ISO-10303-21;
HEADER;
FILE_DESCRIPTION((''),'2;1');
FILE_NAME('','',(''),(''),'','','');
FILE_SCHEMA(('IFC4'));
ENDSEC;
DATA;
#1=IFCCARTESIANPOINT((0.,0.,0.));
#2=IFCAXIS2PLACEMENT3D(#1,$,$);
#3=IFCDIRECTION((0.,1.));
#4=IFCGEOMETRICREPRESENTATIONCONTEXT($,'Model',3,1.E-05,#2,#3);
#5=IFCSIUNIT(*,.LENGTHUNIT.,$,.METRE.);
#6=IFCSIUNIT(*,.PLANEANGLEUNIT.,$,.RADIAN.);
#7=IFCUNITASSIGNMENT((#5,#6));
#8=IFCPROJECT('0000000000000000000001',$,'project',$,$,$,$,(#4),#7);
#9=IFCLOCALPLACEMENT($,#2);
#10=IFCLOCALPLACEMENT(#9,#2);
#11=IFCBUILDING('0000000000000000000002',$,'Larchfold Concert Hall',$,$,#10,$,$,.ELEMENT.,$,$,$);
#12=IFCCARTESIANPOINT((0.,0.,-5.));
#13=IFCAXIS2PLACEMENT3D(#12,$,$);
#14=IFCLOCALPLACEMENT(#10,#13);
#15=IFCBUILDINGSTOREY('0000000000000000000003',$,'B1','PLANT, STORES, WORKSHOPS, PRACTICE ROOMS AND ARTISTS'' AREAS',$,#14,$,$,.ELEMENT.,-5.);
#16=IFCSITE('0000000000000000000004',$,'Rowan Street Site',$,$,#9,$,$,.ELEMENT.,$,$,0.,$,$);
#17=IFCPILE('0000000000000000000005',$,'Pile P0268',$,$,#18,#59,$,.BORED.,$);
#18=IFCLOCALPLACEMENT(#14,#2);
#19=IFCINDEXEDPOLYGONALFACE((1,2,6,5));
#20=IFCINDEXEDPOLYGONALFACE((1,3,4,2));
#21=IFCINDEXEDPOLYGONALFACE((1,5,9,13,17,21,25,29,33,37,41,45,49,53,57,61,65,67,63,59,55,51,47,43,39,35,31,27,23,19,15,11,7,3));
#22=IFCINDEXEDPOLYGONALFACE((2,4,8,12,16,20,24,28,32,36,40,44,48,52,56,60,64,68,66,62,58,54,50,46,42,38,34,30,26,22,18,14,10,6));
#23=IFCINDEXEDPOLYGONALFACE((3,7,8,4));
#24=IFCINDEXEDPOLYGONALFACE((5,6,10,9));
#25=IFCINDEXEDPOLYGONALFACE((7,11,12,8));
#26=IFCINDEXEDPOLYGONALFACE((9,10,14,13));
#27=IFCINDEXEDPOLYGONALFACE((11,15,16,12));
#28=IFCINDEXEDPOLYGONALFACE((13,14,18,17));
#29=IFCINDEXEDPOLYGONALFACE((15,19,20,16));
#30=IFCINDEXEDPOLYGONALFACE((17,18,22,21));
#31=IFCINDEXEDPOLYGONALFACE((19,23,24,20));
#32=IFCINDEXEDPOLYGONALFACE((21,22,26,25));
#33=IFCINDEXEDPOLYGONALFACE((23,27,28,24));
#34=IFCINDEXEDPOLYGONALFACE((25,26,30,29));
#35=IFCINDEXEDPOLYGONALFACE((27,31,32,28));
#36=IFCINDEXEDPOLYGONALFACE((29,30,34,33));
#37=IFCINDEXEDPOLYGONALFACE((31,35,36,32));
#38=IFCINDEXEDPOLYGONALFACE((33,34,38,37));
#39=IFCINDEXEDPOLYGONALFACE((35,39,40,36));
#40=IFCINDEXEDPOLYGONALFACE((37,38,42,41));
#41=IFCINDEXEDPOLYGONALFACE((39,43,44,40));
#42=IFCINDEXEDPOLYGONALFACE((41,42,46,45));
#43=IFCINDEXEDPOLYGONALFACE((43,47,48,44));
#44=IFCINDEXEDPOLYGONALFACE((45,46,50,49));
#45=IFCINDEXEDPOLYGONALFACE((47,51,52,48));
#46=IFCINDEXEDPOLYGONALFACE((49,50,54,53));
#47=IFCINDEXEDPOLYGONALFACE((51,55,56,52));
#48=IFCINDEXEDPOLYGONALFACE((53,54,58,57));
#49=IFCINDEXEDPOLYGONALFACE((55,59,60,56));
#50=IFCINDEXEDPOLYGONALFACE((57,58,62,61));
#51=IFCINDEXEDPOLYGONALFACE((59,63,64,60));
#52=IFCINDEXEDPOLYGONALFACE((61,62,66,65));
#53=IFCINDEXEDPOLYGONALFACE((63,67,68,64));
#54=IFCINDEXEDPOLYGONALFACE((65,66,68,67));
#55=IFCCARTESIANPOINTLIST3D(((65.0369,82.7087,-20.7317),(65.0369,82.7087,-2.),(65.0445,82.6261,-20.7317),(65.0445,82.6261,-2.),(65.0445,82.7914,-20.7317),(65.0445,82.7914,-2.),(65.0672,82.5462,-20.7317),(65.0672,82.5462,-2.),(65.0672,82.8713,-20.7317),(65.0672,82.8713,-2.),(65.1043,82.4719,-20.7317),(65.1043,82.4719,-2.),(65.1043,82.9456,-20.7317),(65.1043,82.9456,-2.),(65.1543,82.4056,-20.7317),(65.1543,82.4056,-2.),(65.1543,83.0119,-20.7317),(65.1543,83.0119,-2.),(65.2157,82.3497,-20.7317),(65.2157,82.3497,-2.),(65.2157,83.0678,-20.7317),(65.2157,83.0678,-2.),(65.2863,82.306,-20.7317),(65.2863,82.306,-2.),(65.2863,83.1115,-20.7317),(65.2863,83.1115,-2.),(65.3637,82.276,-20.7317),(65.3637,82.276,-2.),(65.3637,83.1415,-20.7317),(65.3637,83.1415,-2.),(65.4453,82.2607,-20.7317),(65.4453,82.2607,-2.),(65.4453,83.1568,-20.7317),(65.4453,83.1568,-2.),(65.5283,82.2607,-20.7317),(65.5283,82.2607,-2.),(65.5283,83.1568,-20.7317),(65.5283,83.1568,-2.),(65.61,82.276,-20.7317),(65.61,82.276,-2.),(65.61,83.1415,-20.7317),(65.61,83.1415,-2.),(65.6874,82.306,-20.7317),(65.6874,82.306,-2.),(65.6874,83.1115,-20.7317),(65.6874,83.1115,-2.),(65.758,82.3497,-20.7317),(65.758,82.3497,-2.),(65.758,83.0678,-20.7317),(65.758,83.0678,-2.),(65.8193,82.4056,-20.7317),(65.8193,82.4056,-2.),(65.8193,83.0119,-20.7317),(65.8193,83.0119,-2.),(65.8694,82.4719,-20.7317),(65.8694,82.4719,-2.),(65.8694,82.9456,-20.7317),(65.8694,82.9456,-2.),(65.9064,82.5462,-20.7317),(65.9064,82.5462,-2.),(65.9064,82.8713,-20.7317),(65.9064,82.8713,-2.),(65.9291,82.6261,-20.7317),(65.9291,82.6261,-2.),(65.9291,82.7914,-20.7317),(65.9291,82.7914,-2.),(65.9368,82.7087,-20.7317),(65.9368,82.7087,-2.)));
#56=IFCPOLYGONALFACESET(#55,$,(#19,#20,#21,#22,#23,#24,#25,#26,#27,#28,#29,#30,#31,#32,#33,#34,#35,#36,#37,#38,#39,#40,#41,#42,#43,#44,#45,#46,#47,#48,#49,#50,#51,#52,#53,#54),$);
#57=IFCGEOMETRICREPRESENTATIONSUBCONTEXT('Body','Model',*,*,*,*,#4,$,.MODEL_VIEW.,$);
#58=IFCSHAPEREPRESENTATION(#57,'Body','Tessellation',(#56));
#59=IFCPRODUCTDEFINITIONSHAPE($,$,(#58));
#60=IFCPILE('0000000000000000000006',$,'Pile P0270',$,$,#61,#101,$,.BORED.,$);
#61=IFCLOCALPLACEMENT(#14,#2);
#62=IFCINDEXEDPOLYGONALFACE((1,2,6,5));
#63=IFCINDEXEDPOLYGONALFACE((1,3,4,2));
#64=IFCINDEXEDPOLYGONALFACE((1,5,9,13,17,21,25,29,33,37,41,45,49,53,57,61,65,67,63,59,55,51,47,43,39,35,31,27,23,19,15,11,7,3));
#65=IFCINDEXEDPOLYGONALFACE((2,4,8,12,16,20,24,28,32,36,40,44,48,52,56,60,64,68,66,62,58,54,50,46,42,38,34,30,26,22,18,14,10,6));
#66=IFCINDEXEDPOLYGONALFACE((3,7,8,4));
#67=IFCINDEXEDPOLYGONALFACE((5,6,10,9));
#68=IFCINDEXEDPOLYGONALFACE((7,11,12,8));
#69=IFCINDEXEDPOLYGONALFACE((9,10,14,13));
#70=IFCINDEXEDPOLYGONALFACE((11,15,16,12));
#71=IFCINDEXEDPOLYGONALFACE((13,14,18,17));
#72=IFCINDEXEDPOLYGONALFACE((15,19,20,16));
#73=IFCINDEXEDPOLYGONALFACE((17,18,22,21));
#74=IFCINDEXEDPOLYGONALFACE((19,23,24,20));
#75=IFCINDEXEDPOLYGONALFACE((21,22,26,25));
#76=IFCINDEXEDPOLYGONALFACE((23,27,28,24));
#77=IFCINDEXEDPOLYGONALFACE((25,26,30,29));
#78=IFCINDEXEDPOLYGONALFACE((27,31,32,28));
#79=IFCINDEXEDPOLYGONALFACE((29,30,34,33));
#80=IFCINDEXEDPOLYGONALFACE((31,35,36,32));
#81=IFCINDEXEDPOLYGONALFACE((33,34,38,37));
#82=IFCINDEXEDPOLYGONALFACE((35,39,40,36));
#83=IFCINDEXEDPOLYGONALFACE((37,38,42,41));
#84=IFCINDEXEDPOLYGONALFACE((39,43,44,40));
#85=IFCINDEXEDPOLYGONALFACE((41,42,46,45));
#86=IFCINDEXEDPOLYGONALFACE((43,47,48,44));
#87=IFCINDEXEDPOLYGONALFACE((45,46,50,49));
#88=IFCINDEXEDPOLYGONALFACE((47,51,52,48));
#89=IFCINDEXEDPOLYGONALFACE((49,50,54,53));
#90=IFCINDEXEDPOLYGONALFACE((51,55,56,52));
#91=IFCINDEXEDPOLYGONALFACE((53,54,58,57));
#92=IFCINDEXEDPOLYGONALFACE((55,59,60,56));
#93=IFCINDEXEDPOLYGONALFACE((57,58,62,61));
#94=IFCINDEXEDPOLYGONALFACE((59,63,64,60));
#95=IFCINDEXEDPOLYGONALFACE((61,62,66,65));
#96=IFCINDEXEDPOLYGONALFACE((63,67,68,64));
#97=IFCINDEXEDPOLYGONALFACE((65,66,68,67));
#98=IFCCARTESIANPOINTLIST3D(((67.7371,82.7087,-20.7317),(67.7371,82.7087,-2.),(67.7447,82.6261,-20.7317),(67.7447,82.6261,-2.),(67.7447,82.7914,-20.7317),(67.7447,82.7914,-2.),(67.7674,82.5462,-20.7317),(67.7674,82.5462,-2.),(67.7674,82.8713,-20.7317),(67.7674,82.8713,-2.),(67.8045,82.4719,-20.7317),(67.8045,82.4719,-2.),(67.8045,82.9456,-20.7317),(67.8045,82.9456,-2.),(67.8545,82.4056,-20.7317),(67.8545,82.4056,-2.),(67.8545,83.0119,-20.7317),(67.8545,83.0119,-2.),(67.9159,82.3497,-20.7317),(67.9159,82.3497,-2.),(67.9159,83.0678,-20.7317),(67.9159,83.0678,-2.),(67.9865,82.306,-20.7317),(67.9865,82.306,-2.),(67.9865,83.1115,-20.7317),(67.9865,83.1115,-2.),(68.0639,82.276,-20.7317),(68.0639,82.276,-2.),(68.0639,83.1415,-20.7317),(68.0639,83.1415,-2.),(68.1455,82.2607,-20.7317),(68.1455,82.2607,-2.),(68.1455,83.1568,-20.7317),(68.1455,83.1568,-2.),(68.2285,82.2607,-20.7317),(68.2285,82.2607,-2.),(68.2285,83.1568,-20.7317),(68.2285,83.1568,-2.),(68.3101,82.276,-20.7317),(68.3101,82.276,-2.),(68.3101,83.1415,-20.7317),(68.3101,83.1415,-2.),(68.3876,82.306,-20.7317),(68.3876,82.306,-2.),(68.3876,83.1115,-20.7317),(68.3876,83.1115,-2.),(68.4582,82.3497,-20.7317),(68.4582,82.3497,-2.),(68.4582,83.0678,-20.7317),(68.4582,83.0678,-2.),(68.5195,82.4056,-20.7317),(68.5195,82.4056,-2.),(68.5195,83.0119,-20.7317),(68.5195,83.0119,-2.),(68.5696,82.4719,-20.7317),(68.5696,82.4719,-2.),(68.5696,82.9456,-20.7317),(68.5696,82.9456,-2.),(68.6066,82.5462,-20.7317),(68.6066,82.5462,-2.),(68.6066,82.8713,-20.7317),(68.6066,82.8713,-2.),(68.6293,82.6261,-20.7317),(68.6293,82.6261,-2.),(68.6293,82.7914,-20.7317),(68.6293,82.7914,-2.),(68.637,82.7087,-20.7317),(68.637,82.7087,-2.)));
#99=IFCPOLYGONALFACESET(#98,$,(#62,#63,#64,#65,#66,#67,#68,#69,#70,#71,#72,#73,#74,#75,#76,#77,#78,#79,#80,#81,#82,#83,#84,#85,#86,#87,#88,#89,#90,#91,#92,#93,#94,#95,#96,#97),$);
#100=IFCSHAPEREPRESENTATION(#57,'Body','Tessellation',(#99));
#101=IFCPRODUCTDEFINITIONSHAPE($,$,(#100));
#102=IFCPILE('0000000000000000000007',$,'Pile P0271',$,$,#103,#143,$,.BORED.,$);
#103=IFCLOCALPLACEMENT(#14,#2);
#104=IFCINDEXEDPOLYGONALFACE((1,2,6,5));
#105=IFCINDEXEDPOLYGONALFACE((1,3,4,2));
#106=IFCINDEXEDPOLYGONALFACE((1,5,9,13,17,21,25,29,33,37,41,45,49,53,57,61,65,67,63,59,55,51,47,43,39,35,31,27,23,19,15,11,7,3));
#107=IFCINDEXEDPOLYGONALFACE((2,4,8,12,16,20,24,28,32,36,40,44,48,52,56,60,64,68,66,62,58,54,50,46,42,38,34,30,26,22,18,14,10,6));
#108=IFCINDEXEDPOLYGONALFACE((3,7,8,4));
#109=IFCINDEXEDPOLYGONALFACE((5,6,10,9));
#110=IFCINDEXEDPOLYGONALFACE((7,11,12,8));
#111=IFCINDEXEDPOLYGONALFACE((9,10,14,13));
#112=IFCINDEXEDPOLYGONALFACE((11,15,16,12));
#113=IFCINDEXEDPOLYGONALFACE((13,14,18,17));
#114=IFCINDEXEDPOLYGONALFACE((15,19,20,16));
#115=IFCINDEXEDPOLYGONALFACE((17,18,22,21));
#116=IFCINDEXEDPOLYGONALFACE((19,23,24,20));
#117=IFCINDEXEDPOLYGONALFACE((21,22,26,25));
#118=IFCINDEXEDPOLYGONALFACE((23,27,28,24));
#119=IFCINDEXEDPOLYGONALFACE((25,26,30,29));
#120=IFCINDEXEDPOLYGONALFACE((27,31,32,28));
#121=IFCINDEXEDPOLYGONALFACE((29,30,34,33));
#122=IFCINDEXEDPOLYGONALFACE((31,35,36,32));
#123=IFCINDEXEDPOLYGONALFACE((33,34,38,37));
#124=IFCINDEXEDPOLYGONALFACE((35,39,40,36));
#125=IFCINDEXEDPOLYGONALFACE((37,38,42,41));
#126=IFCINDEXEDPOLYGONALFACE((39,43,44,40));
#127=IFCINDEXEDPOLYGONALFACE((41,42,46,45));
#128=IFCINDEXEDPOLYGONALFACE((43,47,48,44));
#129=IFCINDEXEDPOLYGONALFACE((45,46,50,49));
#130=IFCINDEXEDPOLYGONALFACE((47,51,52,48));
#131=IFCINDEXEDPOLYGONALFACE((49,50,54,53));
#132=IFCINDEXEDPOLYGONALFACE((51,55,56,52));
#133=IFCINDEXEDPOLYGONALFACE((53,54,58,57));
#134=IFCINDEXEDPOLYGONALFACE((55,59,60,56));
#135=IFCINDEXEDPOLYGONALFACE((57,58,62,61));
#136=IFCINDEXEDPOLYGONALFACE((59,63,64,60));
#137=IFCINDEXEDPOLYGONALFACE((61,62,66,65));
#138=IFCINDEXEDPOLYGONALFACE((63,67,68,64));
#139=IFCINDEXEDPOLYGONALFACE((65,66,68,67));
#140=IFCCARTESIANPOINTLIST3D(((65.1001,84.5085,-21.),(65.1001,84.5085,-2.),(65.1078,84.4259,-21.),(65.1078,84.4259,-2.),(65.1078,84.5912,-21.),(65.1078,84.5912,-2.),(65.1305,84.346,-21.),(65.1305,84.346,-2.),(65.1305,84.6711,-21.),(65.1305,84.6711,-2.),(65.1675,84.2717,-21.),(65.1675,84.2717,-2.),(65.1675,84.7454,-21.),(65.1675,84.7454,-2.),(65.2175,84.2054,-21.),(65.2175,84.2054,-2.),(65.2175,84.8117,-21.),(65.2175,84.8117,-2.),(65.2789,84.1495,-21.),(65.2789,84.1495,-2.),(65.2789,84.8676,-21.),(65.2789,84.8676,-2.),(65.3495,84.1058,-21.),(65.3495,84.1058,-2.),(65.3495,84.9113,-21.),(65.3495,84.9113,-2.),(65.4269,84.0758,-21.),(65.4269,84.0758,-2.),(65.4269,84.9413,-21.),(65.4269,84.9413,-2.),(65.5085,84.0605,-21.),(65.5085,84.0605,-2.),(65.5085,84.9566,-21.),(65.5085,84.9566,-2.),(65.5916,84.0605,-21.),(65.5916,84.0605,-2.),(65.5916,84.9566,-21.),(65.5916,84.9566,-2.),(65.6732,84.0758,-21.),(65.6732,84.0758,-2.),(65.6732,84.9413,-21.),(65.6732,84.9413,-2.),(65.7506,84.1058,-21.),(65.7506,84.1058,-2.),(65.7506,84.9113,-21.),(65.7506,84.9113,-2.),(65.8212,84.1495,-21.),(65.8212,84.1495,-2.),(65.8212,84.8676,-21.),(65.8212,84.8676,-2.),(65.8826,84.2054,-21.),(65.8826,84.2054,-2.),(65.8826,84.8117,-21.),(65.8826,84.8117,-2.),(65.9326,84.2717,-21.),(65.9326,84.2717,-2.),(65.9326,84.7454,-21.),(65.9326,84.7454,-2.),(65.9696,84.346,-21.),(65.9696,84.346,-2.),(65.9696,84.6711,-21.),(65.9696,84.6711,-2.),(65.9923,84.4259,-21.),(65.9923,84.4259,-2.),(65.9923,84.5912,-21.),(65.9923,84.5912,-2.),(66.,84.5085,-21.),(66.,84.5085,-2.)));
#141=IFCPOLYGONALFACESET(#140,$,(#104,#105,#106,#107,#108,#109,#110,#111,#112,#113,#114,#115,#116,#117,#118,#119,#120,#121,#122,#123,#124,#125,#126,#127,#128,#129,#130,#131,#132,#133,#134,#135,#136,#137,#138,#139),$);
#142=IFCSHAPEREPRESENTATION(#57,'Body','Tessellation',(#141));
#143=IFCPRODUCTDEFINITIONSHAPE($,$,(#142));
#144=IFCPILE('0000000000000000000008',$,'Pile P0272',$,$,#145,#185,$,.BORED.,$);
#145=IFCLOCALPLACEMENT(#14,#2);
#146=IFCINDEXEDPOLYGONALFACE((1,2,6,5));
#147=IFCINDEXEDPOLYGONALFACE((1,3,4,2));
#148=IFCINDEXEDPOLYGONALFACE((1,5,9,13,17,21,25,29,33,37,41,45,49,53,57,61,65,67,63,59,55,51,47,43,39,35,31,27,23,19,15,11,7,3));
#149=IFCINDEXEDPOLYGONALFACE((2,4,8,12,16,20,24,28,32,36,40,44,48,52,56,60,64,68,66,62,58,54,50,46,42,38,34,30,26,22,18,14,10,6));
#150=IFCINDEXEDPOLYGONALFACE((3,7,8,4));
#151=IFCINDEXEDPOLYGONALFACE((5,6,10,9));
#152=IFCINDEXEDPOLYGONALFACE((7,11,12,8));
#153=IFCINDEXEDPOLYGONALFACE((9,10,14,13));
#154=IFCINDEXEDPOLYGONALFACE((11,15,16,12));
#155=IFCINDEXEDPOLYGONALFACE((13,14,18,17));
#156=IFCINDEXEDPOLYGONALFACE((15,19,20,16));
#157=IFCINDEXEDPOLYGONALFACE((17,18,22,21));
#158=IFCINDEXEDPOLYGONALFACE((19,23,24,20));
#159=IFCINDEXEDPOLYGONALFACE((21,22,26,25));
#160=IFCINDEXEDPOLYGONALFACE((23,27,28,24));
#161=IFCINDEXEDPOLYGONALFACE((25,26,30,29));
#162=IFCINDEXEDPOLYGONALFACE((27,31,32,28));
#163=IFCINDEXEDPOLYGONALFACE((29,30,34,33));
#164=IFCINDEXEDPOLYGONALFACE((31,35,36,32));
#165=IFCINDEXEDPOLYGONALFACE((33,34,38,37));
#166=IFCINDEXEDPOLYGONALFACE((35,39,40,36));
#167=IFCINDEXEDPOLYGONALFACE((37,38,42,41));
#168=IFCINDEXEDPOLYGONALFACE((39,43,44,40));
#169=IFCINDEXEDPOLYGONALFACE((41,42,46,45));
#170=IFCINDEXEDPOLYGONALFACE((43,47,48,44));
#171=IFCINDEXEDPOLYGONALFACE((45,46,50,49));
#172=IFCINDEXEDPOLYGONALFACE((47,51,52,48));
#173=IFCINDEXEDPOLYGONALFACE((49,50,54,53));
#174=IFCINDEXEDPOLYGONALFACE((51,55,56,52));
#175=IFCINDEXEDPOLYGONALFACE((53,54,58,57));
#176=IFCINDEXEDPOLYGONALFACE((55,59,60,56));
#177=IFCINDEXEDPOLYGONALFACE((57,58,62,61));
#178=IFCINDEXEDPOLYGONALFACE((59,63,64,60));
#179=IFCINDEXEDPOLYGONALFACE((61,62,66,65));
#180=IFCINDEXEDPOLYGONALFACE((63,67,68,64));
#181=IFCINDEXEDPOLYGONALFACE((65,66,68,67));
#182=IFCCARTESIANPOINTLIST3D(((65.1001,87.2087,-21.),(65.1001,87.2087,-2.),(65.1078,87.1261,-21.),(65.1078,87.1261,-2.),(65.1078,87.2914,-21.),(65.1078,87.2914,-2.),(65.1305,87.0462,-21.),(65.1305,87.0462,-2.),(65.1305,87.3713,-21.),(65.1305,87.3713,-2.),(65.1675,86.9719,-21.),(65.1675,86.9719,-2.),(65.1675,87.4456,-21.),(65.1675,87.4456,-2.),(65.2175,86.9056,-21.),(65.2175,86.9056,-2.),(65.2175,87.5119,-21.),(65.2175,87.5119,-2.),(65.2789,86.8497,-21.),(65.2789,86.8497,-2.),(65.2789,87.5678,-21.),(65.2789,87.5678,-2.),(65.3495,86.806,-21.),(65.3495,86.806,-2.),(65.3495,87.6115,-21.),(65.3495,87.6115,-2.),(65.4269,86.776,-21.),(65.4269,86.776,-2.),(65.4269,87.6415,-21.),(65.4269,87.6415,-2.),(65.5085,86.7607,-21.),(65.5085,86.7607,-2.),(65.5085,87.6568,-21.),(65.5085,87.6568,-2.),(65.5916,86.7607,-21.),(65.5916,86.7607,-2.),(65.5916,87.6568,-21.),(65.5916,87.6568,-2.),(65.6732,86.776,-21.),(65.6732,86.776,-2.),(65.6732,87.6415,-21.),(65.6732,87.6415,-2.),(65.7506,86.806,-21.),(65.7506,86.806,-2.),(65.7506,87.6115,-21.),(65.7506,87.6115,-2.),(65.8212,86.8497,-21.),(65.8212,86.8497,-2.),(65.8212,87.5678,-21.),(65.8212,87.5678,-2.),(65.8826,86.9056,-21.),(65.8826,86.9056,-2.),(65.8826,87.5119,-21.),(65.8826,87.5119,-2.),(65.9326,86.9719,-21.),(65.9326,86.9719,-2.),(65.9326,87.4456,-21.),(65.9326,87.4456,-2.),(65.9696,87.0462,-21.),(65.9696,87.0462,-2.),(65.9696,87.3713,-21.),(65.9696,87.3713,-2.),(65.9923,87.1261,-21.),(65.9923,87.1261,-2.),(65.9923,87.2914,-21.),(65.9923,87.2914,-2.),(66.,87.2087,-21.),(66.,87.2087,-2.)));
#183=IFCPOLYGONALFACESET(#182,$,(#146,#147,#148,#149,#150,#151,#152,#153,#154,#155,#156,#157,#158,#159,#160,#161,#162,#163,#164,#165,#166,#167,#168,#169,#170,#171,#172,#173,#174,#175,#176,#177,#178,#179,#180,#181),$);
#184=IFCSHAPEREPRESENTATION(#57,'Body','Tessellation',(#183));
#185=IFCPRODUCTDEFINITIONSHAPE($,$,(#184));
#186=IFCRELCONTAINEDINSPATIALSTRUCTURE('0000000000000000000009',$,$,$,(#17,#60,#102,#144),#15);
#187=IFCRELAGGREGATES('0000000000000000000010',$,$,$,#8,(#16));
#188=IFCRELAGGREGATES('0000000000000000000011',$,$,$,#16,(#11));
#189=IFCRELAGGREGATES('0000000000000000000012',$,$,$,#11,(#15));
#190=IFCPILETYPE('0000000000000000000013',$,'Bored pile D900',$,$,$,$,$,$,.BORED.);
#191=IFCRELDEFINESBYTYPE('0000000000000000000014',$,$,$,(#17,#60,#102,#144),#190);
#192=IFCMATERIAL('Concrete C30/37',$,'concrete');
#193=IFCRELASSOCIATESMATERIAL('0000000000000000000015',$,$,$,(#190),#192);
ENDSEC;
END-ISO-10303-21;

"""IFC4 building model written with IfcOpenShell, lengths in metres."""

from ifc_helpers import new_model, si_unit, direction, frame, origin, origin_2d, place, context, subcontext, project, spatial, circle, extrude, material, material_profile, profile_set, type_object, element, save


model = new_model("IFC4")

# Units and contexts
model_context = context("Model", 3, precision=1e-05, world=origin(), true_north=direction((0.0, 1.0)))
body_context = subcontext(model_context, "Body", "Model", "MODEL_VIEW")
ifc_project = project(units=[si_unit("LENGTHUNIT", "METRE"), si_unit("PLANEANGLEUNIT", "RADIAN")], contexts=[model_context])

# Site, building, storey
site_placement = place(None, origin())
site = spatial("IfcSite", under=ifc_project, at=site_placement, Name="Rowan Street Site", CompositionType="ELEMENT", RefElevation=0.0)
building_placement = place(site_placement, origin())
building = spatial("IfcBuilding", under=site, at=building_placement, Name="Larchfold Concert Hall", CompositionType="ELEMENT")
storey_placement = place(building_placement, frame((0.0, 0.0, -5.0)))
storey = spatial("IfcBuildingStorey", under=building, at=storey_placement, Name="B1", Description="PLANT, STORES, WORKSHOPS, PRACTICE ROOMS AND ARTISTS' AREAS", CompositionType="ELEMENT", Elevation=-5.0)

# Piles
ifc_material_1 = material(Name="Concrete C30/37", Category="concrete")
ifc_material_profile_1 = material_profile(ifc_material_1, circle(Radius=0.45, at=origin_2d()))
ifc_profile_set_1 = profile_set([ifc_material_profile_1], Name="Concrete C30/37")
pile_type = type_object("IfcPileType", Name="Bored pile D900", PredefinedType="BORED", material=ifc_profile_set_1)
for number, where, z_axis, x_axis, name in (
    (1, (65.4868, 82.7087, -2.0), (0.0, 0.0, -1.0), (1.0, 0.0, 0.0), "Pile P0268"),
    (2, (68.187, 82.7087, -2.0), (0.0, 0.0, -1.0), (1.0, 0.0, 0.0), "Pile P0270"),
):
    element("IfcPile", number, at=place(storey_placement, frame(where, z_axis=z_axis, x_axis=x_axis)), inside=storey, type_object=pile_type, Name=name, PredefinedType="BORED", context=body_context, shape_type="SweptSolid", body=[
        extrude(circle(Radius=0.45, at=origin_2d()), origin(), (0.0, 0.0, 1.0), 18.7317),
    ])
for number, where, z_axis, x_axis, name in (
    (3, (65.55, 84.5085, -2.0), (0.0, 0.0, -1.0), (1.0, 0.0, 0.0), "Pile P0271"),
    (4, (65.55, 87.2087, -2.0), (0.0, 0.0, -1.0), (1.0, 0.0, 0.0), "Pile P0272"),
):
    element("IfcPile", number, at=place(storey_placement, frame(where, z_axis=z_axis, x_axis=x_axis)), inside=storey, type_object=pile_type, Name=name, PredefinedType="BORED", context=body_context, shape_type="SweptSolid", body=[
        extrude(circle(Radius=0.45, at=origin_2d()), origin(), (0.0, 0.0, 1.0), 19.0),
    ])

save(model, "model.ifc")
